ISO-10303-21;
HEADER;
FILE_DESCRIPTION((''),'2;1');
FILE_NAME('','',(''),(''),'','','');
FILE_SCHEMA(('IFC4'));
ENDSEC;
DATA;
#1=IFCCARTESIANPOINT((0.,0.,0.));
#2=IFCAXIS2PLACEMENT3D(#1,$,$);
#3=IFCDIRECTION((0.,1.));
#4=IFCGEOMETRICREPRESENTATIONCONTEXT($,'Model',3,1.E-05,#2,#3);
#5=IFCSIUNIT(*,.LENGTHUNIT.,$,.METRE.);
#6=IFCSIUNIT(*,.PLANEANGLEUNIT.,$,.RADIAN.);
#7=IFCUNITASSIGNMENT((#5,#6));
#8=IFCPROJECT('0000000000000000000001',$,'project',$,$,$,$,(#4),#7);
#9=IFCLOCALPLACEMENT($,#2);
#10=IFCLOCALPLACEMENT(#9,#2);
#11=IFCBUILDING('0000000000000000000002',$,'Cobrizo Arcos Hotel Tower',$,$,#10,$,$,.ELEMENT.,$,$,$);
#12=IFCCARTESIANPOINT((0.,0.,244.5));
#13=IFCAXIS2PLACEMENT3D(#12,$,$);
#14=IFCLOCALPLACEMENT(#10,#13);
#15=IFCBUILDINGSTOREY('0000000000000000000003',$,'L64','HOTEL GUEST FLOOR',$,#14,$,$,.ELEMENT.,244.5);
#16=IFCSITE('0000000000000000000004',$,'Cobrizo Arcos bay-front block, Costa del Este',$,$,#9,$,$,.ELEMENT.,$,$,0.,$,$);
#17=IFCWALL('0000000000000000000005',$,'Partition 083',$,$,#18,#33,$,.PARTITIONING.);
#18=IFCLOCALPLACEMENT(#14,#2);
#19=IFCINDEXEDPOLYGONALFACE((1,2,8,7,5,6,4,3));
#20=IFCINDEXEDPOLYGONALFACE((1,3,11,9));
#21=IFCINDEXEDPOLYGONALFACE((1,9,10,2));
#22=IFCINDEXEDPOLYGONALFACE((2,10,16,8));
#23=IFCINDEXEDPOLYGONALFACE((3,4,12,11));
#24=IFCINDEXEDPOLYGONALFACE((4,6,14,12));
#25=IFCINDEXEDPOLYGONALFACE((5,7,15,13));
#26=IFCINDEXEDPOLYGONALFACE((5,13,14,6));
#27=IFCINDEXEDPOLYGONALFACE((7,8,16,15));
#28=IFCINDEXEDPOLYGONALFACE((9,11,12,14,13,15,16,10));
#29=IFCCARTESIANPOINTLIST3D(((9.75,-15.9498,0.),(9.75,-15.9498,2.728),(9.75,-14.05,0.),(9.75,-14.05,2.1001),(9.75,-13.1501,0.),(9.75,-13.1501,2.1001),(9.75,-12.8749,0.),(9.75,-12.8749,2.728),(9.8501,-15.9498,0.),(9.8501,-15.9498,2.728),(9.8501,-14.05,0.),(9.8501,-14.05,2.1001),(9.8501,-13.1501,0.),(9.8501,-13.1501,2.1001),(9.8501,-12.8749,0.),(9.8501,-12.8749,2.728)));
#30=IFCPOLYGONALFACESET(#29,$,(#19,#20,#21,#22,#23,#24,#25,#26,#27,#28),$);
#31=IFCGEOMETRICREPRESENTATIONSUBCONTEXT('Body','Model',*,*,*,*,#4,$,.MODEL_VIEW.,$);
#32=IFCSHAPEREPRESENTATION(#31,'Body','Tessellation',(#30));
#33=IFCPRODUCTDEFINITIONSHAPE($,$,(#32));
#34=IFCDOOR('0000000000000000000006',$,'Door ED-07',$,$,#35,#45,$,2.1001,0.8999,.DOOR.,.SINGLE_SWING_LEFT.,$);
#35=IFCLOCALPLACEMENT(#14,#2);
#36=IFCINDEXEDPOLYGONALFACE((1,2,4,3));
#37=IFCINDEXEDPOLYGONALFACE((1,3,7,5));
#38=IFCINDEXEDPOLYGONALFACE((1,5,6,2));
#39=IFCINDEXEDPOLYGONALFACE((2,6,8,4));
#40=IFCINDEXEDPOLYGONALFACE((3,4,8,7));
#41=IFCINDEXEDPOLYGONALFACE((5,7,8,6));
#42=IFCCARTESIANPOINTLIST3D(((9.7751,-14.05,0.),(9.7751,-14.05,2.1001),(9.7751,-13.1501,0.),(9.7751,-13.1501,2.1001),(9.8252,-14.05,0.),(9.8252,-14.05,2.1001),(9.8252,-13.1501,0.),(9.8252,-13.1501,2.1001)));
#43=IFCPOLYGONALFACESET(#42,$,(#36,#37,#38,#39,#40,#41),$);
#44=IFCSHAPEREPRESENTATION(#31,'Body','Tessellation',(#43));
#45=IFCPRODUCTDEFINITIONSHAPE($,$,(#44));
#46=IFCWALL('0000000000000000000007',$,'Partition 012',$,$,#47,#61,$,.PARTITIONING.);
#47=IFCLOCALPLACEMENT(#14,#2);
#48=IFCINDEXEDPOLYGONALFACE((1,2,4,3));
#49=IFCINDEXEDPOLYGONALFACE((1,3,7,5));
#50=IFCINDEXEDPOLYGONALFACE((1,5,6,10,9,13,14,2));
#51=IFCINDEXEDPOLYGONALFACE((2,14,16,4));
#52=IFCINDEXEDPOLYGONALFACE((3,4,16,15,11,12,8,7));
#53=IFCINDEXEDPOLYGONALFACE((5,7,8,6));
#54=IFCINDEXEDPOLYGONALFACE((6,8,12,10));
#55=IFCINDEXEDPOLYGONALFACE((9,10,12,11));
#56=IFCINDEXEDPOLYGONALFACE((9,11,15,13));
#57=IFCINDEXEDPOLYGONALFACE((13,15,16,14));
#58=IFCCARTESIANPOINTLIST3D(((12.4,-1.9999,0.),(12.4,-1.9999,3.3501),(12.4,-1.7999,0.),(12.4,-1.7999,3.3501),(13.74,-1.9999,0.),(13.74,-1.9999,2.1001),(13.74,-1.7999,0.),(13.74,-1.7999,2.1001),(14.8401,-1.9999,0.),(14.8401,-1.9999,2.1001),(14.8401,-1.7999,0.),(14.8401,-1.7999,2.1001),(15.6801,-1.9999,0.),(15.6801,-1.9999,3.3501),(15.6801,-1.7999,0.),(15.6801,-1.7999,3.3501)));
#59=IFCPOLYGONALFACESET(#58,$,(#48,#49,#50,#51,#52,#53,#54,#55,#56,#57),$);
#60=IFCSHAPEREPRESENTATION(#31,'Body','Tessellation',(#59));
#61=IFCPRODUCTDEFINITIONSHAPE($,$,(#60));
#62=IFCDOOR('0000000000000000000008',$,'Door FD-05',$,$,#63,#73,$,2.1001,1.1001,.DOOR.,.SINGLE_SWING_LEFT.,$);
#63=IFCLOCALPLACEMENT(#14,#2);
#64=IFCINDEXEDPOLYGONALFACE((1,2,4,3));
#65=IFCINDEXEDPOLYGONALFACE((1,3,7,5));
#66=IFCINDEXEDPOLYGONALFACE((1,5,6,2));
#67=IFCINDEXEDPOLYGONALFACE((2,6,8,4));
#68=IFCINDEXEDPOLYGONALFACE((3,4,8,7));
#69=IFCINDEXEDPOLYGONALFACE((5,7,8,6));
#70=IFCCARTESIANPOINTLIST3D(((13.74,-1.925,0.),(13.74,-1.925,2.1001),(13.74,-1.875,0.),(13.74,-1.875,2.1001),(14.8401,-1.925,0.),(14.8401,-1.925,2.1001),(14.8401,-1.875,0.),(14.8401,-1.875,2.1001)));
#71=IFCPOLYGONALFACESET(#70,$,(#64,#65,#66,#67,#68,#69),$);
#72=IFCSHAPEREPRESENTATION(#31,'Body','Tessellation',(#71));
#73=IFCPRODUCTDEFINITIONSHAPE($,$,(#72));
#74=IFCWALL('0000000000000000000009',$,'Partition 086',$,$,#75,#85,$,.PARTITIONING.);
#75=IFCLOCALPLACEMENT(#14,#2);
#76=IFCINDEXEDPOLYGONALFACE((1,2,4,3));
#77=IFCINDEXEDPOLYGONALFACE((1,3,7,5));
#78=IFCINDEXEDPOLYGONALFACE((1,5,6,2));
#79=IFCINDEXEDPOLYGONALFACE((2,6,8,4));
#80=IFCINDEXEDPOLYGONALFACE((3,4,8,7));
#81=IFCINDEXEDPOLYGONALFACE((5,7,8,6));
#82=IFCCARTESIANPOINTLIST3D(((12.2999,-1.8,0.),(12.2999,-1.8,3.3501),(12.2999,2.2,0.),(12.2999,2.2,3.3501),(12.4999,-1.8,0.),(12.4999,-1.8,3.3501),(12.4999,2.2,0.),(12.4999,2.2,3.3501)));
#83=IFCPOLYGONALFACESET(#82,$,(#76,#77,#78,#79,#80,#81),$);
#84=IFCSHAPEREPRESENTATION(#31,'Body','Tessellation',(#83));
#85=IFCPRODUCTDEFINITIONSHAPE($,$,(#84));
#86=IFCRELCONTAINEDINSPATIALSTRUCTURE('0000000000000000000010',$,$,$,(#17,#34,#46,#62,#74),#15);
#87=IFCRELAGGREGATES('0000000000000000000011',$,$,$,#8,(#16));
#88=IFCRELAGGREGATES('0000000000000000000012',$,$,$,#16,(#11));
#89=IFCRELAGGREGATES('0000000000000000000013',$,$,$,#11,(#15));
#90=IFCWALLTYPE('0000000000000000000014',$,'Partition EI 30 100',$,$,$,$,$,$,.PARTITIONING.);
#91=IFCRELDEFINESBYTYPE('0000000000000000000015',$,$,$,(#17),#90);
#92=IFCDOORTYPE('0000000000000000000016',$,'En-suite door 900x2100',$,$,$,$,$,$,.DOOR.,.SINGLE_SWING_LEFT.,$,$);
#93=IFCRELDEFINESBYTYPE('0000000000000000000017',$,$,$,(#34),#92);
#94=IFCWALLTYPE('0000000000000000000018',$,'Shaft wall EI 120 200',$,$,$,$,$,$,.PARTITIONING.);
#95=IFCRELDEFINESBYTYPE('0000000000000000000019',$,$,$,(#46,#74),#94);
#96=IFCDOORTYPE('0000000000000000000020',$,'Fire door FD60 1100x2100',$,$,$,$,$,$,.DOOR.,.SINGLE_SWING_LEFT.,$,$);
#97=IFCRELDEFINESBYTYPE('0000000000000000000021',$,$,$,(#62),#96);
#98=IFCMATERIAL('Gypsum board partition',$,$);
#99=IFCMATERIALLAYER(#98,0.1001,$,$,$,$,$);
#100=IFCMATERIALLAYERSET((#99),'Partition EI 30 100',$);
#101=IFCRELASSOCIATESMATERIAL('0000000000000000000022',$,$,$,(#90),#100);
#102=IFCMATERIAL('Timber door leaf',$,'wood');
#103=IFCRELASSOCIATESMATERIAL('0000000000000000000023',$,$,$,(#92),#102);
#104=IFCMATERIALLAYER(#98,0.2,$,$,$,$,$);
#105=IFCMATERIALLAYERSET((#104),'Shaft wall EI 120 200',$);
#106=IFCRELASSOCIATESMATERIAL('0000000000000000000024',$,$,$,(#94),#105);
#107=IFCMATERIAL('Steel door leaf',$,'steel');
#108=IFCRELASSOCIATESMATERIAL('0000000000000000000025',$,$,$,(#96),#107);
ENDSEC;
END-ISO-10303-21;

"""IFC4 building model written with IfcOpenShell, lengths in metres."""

from ifc_helpers import new_model, si_unit, direction, frame, frame_2d, origin, place, context, subcontext, project, spatial, rectangle, extrude, material, layer, layer_set, type_object, element, fill, save


model = new_model("IFC4")

# Units and contexts
model_context = context("Model", 3, precision=1e-05, world=origin(), true_north=direction((0.0, 1.0)))
body_context = subcontext(model_context, "Body", "Model", "MODEL_VIEW")
ifc_project = project(units=[si_unit("LENGTHUNIT", "METRE"), si_unit("PLANEANGLEUNIT", "RADIAN")], contexts=[model_context])

# Site, building, storey
site_placement = place(None, origin())
site = spatial("IfcSite", under=ifc_project, at=site_placement, Name="Cobrizo Arcos bay-front block, Costa del Este", CompositionType="ELEMENT", RefElevation=0.0)
building_placement = place(site_placement, origin())
building = spatial("IfcBuilding", under=site, at=building_placement, Name="Cobrizo Arcos Hotel Tower", CompositionType="ELEMENT")
storey_placement = place(building_placement, frame((0.0, 0.0, 244.5)))
storey = spatial("IfcBuildingStorey", under=building, at=storey_placement, Name="L64", Description="HOTEL GUEST FLOOR", CompositionType="ELEMENT", Elevation=244.5)

# Shared definitions
ifc_material_1 = material(Name="Gypsum board partition")

# Shared definitions
ifc_material_2 = material(Name="Timber door leaf", Category="wood")

# Shared definitions
ifc_layer_1 = layer(ifc_material_1, 0.1001)
ifc_layer_set_1 = layer_set([ifc_layer_1], Name="Partition EI 30 100")
wall_type_1 = type_object("IfcWallType", Name="Partition EI 30 100", PredefinedType="PARTITIONING", material=ifc_layer_set_1)
door_type_1 = type_object("IfcDoorType", Name="En-suite door 900x2100", OperationType="SINGLE_SWING_LEFT", PredefinedType="DOOR", material=ifc_material_2)

# Walls, openings, doors
wall_1_placement = place(storey_placement, frame((9.8, -15.95, 0.0), z_axis=(0.0, 0.0, 1.0), x_axis=(0.0, 1.0, 0.0)))
wall_1 = element("IfcWall", 1, at=wall_1_placement, inside=storey, type_object=wall_type_1, Name="Partition 083", PredefinedType="PARTITIONING", context=body_context, shape_type="SweptSolid", body=[
    extrude(rectangle(XDim=3.075, YDim=0.1001, at=frame_2d((1.5376, 0.0))), origin(), (0.0, 0.0, 1.0), 2.728),
])
opening_1_placement = place(wall_1_placement, frame((1.8999, 0.0, 0.0)))
opening_1 = element("IfcOpeningElement", 2, at=opening_1_placement, cuts=wall_1, PredefinedType="OPENING", context=body_context, shape_type="SweptSolid", body=[
    extrude(rectangle(XDim=0.8999, YDim=2.1001, at=frame_2d((0.45, 1.05))), frame((0.0, 0.062, 0.0), z_axis=(0.0, -1.0, 0.0), x_axis=(1.0, 0.0, 0.0)), (0.0, 0.0, 1.0), 0.124),
])
door_1_placement = place(opening_1_placement, origin())
door_1 = element("IfcDoor", 3, at=door_1_placement, inside=storey, type_object=door_type_1, Name="Door ED-07", OperationType="SINGLE_SWING_LEFT", OverallHeight=2.1001, OverallWidth=0.8999, PredefinedType="DOOR", context=body_context, shape_type="SweptSolid", body=[
    extrude(rectangle(XDim=0.8999, YDim=2.1001, at=frame_2d((0.45, 1.05))), frame((0.0, 0.0249, 0.0), z_axis=(0.0, -1.0, 0.0), x_axis=(1.0, 0.0, 0.0)), (0.0, 0.0, 1.0), 0.05),
])
fill(opening_1, door_1)
ifc_layer_2 = layer(ifc_material_1, 0.2)
ifc_layer_set_2 = layer_set([ifc_layer_2], Name="Shaft wall EI 120 200")
wall_type_2 = type_object("IfcWallType", Name="Shaft wall EI 120 200", PredefinedType="PARTITIONING", material=ifc_layer_set_2)
wall_2_placement = place(storey_placement, frame((12.3999, -1.8999, 0.0), z_axis=(0.0, 0.0, 1.0), x_axis=(1.0, 0.0, 0.0)))
wall_2 = element("IfcWall", 4, at=wall_2_placement, inside=storey, type_object=wall_type_2, Name="Partition 012", PredefinedType="PARTITIONING", context=body_context, shape_type="SweptSolid", body=[
    extrude(rectangle(XDim=3.28, YDim=0.2, at=frame_2d((1.6401, 0.0))), origin(), (0.0, 0.0, 1.0), 3.3501),
])
opening_2_placement = place(wall_2_placement, frame((1.3401, 0.0, 0.0)))
opening_2 = element("IfcOpeningElement", 5, at=opening_2_placement, cuts=wall_2, PredefinedType="OPENING", context=body_context, shape_type="SweptSolid", body=[
    extrude(rectangle(XDim=1.1001, YDim=2.1001, at=frame_2d((0.55, 1.05))), frame((0.0, 0.1121, 0.0), z_axis=(0.0, -1.0, 0.0), x_axis=(1.0, 0.0, 0.0)), (0.0, 0.0, 1.0), 0.2239),
])
ifc_material_3 = material(Name="Steel door leaf", Category="steel")
door_type_2 = type_object("IfcDoorType", Name="Fire door FD60 1100x2100", OperationType="SINGLE_SWING_LEFT", PredefinedType="DOOR", material=ifc_material_3)
door_2_placement = place(opening_2_placement, origin())
door_2 = element("IfcDoor", 6, at=door_2_placement, inside=storey, type_object=door_type_2, Name="Door FD-05", OperationType="SINGLE_SWING_LEFT", OverallHeight=2.1001, OverallWidth=1.1001, PredefinedType="DOOR", context=body_context, shape_type="SweptSolid", body=[
    extrude(rectangle(XDim=1.1001, YDim=2.1001, at=frame_2d((0.55, 1.05))), frame((0.0, 0.0249, 0.0), z_axis=(0.0, -1.0, 0.0), x_axis=(1.0, 0.0, 0.0)), (0.0, 0.0, 1.0), 0.05),
])
fill(opening_2, door_2)

# Wall
wall_3_placement = place(storey_placement, frame((12.3999, -1.8, 0.0), z_axis=(0.0, 0.0, 1.0), x_axis=(0.0, 1.0, 0.0)))
element("IfcWall", 7, at=wall_3_placement, inside=storey, type_object=wall_type_2, Name="Partition 086", PredefinedType="PARTITIONING", context=body_context, shape_type="SweptSolid", body=[
    extrude(rectangle(XDim=4.0, YDim=0.2, at=frame_2d((2.0, 0.0))), origin(), (0.0, 0.0, 1.0), 3.3501),
])

save(model, "model.ifc")
